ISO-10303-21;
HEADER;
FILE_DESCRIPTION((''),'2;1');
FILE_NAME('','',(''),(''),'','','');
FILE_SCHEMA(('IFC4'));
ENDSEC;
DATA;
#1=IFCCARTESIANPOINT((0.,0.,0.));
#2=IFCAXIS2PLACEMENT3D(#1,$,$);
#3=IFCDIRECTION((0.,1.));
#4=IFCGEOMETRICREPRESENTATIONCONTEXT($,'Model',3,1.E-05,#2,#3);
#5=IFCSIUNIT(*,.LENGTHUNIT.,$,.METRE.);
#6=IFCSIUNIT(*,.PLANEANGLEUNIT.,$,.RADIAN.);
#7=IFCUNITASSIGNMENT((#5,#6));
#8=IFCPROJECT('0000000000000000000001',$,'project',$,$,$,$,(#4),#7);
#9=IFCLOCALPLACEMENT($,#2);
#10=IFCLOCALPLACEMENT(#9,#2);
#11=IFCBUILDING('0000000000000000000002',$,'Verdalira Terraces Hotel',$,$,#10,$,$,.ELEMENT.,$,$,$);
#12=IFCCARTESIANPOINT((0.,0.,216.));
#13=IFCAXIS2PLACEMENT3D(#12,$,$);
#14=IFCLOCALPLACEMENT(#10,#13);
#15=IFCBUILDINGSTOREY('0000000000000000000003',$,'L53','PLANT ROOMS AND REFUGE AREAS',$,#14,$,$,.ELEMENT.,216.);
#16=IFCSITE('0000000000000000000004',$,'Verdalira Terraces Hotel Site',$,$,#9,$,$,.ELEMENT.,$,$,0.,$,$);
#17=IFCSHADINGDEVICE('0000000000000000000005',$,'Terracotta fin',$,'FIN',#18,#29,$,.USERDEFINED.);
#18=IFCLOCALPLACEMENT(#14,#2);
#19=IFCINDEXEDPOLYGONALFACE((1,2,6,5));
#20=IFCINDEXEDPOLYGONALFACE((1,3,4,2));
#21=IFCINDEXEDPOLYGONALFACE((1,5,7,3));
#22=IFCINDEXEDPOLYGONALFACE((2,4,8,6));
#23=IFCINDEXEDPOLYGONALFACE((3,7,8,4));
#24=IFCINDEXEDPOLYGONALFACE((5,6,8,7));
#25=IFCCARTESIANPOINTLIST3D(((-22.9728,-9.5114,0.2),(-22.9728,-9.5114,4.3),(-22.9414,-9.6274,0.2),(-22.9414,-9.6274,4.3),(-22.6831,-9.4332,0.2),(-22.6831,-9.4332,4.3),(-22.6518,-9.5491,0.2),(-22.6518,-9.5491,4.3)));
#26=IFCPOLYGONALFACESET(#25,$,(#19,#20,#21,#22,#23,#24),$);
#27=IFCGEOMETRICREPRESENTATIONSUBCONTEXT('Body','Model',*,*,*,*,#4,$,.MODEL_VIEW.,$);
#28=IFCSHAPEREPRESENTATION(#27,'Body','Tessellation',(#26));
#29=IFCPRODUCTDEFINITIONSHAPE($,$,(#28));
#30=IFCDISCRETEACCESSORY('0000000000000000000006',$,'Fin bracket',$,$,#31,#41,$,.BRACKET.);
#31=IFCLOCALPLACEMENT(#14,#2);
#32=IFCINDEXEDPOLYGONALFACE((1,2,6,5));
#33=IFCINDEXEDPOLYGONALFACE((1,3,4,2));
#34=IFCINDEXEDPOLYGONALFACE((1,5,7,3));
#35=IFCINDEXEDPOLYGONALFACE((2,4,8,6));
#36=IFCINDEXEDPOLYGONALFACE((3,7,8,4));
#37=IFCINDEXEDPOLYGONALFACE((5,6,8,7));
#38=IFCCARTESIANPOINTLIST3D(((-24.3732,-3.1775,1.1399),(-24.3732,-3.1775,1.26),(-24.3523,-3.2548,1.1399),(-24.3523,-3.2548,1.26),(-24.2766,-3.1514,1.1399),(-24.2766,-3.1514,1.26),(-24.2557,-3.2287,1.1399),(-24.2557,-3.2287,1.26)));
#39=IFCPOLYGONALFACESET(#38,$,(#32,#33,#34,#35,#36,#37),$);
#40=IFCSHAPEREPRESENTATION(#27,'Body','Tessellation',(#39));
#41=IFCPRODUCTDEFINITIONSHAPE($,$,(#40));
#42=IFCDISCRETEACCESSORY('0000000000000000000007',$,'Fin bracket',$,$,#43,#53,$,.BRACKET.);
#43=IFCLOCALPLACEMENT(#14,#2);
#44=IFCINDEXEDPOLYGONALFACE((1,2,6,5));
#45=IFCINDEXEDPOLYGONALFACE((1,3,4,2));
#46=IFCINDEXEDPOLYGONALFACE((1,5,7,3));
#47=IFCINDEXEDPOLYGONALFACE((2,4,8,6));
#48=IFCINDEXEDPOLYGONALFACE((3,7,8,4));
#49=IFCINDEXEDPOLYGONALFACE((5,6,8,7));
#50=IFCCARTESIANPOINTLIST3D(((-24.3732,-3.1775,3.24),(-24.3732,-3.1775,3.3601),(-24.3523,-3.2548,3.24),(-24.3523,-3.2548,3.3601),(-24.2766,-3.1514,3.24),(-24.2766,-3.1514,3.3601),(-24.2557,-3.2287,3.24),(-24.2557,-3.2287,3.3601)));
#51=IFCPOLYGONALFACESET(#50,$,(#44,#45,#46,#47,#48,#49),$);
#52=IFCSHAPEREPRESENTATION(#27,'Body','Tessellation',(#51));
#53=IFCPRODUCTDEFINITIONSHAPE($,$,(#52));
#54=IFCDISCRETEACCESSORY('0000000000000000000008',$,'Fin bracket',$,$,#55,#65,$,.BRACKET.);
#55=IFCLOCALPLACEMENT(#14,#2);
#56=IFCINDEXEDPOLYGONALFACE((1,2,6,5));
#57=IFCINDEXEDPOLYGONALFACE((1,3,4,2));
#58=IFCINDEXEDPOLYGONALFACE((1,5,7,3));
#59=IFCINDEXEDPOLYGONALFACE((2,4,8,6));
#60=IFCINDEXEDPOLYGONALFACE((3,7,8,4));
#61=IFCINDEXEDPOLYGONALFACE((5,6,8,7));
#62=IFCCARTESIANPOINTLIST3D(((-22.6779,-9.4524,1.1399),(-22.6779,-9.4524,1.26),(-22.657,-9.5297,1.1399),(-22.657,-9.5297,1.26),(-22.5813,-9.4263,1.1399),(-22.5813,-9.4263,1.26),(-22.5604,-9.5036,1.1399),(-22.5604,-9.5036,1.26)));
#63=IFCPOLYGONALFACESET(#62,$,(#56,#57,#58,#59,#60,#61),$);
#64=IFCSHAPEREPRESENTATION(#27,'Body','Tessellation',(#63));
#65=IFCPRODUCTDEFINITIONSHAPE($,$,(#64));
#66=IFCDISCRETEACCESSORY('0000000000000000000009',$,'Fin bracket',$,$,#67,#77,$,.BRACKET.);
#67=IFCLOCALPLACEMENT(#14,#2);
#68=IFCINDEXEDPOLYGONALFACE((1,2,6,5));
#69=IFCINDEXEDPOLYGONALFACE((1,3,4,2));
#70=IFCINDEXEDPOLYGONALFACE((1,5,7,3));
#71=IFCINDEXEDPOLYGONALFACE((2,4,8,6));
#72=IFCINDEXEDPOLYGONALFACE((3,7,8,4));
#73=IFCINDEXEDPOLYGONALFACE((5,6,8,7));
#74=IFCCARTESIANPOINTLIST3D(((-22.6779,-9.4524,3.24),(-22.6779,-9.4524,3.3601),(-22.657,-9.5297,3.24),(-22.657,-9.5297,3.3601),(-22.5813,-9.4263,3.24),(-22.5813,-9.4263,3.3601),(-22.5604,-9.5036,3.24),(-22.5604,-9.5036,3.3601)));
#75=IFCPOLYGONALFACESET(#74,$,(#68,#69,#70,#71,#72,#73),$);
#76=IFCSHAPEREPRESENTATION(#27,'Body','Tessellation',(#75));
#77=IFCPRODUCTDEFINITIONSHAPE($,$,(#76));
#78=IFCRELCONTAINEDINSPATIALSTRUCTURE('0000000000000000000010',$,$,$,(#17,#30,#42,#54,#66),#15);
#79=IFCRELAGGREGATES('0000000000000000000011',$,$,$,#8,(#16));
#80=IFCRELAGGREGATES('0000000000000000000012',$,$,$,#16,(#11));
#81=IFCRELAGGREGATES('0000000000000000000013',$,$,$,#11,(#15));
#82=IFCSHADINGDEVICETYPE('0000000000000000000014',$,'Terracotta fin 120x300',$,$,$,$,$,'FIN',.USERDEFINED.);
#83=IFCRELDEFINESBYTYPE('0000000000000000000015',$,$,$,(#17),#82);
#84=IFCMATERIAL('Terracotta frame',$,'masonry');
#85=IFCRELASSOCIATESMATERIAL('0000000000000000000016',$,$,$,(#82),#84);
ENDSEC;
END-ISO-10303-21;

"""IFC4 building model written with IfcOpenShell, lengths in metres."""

from ifc_helpers import new_model, si_unit, direction, frame, origin, origin_2d, place, context, subcontext, project, spatial, rectangle, extrude, material, material_profile, profile_set, type_object, element, save


model = new_model("IFC4")

# Units and contexts
model_context = context("Model", 3, precision=1e-05, world=origin(), true_north=direction((0.0, 1.0)))
body_context = subcontext(model_context, "Body", "Model", "MODEL_VIEW")
ifc_project = project(units=[si_unit("LENGTHUNIT", "METRE"), si_unit("PLANEANGLEUNIT", "RADIAN")], contexts=[model_context])

# Site, building, storey
site_placement = place(None, origin())
site = spatial("IfcSite", under=ifc_project, at=site_placement, Name="Verdalira Terraces Hotel Site", CompositionType="ELEMENT", RefElevation=0.0)
building_placement = place(site_placement, origin())
building = spatial("IfcBuilding", under=site, at=building_placement, Name="Verdalira Terraces Hotel", CompositionType="ELEMENT")
storey_placement = place(building_placement, frame((0.0, 0.0, 216.0)))
storey = spatial("IfcBuildingStorey", under=building, at=storey_placement, Name="L53", Description="PLANT ROOMS AND REFUGE AREAS", CompositionType="ELEMENT", Elevation=216.0)

# Shading device
ifc_material_1 = material(Name="Terracotta frame", Category="masonry")
ifc_material_profile_1 = material_profile(ifc_material_1, rectangle(XDim=0.1201, YDim=0.3, at=origin_2d()), Name="FIN 120x300")
ifc_profile_set_1 = profile_set([ifc_material_profile_1], Name="Terracotta frame")
shading_device_type = type_object("IfcShadingDeviceType", Name="Terracotta fin 120x300", ElementType="FIN", PredefinedType="USERDEFINED", material=ifc_profile_set_1)
for number, where, z_axis, x_axis, name in (
    (1, (-22.8123, -9.5303, 0.2), (0.0, 0.0, 1.0), (0.260842, -0.965382, 0.0), "Terracotta fin"),
):
    element("IfcShadingDevice", number, at=place(storey_placement, frame(where, z_axis=z_axis, x_axis=x_axis)), inside=storey, type_object=shading_device_type, Name=name, ObjectType="FIN", PredefinedType="USERDEFINED", context=body_context, shape_type="SweptSolid", body=[
        extrude(rectangle(XDim=0.1201, YDim=0.3, at=origin_2d()), origin(), (0.0, 0.0, 1.0), 4.1001),
    ])

# Discrete accessories
for number, where, z_axis, x_axis, name in (
    (2, (-24.3145, -3.2031, 1.1399), (0.0, 0.0, 1.0), (0.260842, -0.965382, 0.0), "Fin bracket"),
    (3, (-24.3145, -3.2031, 3.24), (0.0, 0.0, 1.0), (0.260842, -0.965382, 0.0), "Fin bracket"),
    (4, (-22.6191, -9.478, 1.1399), (0.0, 0.0, 1.0), (0.260842, -0.965382, 0.0), "Fin bracket"),
    (5, (-22.6191, -9.478, 3.24), (0.0, 0.0, 1.0), (0.260842, -0.965382, 0.0), "Fin bracket"),
):
    element("IfcDiscreteAccessory", number, at=place(storey_placement, frame(where, z_axis=z_axis, x_axis=x_axis)), inside=storey, Name=name, PredefinedType="BRACKET", context=body_context, shape_type="SweptSolid", body=[
        extrude(rectangle(XDim=0.0801, YDim=0.1001, at=origin_2d()), origin(), (0.0, 0.0, 1.0), 0.1201),
    ])

save(model, "model.ifc")
